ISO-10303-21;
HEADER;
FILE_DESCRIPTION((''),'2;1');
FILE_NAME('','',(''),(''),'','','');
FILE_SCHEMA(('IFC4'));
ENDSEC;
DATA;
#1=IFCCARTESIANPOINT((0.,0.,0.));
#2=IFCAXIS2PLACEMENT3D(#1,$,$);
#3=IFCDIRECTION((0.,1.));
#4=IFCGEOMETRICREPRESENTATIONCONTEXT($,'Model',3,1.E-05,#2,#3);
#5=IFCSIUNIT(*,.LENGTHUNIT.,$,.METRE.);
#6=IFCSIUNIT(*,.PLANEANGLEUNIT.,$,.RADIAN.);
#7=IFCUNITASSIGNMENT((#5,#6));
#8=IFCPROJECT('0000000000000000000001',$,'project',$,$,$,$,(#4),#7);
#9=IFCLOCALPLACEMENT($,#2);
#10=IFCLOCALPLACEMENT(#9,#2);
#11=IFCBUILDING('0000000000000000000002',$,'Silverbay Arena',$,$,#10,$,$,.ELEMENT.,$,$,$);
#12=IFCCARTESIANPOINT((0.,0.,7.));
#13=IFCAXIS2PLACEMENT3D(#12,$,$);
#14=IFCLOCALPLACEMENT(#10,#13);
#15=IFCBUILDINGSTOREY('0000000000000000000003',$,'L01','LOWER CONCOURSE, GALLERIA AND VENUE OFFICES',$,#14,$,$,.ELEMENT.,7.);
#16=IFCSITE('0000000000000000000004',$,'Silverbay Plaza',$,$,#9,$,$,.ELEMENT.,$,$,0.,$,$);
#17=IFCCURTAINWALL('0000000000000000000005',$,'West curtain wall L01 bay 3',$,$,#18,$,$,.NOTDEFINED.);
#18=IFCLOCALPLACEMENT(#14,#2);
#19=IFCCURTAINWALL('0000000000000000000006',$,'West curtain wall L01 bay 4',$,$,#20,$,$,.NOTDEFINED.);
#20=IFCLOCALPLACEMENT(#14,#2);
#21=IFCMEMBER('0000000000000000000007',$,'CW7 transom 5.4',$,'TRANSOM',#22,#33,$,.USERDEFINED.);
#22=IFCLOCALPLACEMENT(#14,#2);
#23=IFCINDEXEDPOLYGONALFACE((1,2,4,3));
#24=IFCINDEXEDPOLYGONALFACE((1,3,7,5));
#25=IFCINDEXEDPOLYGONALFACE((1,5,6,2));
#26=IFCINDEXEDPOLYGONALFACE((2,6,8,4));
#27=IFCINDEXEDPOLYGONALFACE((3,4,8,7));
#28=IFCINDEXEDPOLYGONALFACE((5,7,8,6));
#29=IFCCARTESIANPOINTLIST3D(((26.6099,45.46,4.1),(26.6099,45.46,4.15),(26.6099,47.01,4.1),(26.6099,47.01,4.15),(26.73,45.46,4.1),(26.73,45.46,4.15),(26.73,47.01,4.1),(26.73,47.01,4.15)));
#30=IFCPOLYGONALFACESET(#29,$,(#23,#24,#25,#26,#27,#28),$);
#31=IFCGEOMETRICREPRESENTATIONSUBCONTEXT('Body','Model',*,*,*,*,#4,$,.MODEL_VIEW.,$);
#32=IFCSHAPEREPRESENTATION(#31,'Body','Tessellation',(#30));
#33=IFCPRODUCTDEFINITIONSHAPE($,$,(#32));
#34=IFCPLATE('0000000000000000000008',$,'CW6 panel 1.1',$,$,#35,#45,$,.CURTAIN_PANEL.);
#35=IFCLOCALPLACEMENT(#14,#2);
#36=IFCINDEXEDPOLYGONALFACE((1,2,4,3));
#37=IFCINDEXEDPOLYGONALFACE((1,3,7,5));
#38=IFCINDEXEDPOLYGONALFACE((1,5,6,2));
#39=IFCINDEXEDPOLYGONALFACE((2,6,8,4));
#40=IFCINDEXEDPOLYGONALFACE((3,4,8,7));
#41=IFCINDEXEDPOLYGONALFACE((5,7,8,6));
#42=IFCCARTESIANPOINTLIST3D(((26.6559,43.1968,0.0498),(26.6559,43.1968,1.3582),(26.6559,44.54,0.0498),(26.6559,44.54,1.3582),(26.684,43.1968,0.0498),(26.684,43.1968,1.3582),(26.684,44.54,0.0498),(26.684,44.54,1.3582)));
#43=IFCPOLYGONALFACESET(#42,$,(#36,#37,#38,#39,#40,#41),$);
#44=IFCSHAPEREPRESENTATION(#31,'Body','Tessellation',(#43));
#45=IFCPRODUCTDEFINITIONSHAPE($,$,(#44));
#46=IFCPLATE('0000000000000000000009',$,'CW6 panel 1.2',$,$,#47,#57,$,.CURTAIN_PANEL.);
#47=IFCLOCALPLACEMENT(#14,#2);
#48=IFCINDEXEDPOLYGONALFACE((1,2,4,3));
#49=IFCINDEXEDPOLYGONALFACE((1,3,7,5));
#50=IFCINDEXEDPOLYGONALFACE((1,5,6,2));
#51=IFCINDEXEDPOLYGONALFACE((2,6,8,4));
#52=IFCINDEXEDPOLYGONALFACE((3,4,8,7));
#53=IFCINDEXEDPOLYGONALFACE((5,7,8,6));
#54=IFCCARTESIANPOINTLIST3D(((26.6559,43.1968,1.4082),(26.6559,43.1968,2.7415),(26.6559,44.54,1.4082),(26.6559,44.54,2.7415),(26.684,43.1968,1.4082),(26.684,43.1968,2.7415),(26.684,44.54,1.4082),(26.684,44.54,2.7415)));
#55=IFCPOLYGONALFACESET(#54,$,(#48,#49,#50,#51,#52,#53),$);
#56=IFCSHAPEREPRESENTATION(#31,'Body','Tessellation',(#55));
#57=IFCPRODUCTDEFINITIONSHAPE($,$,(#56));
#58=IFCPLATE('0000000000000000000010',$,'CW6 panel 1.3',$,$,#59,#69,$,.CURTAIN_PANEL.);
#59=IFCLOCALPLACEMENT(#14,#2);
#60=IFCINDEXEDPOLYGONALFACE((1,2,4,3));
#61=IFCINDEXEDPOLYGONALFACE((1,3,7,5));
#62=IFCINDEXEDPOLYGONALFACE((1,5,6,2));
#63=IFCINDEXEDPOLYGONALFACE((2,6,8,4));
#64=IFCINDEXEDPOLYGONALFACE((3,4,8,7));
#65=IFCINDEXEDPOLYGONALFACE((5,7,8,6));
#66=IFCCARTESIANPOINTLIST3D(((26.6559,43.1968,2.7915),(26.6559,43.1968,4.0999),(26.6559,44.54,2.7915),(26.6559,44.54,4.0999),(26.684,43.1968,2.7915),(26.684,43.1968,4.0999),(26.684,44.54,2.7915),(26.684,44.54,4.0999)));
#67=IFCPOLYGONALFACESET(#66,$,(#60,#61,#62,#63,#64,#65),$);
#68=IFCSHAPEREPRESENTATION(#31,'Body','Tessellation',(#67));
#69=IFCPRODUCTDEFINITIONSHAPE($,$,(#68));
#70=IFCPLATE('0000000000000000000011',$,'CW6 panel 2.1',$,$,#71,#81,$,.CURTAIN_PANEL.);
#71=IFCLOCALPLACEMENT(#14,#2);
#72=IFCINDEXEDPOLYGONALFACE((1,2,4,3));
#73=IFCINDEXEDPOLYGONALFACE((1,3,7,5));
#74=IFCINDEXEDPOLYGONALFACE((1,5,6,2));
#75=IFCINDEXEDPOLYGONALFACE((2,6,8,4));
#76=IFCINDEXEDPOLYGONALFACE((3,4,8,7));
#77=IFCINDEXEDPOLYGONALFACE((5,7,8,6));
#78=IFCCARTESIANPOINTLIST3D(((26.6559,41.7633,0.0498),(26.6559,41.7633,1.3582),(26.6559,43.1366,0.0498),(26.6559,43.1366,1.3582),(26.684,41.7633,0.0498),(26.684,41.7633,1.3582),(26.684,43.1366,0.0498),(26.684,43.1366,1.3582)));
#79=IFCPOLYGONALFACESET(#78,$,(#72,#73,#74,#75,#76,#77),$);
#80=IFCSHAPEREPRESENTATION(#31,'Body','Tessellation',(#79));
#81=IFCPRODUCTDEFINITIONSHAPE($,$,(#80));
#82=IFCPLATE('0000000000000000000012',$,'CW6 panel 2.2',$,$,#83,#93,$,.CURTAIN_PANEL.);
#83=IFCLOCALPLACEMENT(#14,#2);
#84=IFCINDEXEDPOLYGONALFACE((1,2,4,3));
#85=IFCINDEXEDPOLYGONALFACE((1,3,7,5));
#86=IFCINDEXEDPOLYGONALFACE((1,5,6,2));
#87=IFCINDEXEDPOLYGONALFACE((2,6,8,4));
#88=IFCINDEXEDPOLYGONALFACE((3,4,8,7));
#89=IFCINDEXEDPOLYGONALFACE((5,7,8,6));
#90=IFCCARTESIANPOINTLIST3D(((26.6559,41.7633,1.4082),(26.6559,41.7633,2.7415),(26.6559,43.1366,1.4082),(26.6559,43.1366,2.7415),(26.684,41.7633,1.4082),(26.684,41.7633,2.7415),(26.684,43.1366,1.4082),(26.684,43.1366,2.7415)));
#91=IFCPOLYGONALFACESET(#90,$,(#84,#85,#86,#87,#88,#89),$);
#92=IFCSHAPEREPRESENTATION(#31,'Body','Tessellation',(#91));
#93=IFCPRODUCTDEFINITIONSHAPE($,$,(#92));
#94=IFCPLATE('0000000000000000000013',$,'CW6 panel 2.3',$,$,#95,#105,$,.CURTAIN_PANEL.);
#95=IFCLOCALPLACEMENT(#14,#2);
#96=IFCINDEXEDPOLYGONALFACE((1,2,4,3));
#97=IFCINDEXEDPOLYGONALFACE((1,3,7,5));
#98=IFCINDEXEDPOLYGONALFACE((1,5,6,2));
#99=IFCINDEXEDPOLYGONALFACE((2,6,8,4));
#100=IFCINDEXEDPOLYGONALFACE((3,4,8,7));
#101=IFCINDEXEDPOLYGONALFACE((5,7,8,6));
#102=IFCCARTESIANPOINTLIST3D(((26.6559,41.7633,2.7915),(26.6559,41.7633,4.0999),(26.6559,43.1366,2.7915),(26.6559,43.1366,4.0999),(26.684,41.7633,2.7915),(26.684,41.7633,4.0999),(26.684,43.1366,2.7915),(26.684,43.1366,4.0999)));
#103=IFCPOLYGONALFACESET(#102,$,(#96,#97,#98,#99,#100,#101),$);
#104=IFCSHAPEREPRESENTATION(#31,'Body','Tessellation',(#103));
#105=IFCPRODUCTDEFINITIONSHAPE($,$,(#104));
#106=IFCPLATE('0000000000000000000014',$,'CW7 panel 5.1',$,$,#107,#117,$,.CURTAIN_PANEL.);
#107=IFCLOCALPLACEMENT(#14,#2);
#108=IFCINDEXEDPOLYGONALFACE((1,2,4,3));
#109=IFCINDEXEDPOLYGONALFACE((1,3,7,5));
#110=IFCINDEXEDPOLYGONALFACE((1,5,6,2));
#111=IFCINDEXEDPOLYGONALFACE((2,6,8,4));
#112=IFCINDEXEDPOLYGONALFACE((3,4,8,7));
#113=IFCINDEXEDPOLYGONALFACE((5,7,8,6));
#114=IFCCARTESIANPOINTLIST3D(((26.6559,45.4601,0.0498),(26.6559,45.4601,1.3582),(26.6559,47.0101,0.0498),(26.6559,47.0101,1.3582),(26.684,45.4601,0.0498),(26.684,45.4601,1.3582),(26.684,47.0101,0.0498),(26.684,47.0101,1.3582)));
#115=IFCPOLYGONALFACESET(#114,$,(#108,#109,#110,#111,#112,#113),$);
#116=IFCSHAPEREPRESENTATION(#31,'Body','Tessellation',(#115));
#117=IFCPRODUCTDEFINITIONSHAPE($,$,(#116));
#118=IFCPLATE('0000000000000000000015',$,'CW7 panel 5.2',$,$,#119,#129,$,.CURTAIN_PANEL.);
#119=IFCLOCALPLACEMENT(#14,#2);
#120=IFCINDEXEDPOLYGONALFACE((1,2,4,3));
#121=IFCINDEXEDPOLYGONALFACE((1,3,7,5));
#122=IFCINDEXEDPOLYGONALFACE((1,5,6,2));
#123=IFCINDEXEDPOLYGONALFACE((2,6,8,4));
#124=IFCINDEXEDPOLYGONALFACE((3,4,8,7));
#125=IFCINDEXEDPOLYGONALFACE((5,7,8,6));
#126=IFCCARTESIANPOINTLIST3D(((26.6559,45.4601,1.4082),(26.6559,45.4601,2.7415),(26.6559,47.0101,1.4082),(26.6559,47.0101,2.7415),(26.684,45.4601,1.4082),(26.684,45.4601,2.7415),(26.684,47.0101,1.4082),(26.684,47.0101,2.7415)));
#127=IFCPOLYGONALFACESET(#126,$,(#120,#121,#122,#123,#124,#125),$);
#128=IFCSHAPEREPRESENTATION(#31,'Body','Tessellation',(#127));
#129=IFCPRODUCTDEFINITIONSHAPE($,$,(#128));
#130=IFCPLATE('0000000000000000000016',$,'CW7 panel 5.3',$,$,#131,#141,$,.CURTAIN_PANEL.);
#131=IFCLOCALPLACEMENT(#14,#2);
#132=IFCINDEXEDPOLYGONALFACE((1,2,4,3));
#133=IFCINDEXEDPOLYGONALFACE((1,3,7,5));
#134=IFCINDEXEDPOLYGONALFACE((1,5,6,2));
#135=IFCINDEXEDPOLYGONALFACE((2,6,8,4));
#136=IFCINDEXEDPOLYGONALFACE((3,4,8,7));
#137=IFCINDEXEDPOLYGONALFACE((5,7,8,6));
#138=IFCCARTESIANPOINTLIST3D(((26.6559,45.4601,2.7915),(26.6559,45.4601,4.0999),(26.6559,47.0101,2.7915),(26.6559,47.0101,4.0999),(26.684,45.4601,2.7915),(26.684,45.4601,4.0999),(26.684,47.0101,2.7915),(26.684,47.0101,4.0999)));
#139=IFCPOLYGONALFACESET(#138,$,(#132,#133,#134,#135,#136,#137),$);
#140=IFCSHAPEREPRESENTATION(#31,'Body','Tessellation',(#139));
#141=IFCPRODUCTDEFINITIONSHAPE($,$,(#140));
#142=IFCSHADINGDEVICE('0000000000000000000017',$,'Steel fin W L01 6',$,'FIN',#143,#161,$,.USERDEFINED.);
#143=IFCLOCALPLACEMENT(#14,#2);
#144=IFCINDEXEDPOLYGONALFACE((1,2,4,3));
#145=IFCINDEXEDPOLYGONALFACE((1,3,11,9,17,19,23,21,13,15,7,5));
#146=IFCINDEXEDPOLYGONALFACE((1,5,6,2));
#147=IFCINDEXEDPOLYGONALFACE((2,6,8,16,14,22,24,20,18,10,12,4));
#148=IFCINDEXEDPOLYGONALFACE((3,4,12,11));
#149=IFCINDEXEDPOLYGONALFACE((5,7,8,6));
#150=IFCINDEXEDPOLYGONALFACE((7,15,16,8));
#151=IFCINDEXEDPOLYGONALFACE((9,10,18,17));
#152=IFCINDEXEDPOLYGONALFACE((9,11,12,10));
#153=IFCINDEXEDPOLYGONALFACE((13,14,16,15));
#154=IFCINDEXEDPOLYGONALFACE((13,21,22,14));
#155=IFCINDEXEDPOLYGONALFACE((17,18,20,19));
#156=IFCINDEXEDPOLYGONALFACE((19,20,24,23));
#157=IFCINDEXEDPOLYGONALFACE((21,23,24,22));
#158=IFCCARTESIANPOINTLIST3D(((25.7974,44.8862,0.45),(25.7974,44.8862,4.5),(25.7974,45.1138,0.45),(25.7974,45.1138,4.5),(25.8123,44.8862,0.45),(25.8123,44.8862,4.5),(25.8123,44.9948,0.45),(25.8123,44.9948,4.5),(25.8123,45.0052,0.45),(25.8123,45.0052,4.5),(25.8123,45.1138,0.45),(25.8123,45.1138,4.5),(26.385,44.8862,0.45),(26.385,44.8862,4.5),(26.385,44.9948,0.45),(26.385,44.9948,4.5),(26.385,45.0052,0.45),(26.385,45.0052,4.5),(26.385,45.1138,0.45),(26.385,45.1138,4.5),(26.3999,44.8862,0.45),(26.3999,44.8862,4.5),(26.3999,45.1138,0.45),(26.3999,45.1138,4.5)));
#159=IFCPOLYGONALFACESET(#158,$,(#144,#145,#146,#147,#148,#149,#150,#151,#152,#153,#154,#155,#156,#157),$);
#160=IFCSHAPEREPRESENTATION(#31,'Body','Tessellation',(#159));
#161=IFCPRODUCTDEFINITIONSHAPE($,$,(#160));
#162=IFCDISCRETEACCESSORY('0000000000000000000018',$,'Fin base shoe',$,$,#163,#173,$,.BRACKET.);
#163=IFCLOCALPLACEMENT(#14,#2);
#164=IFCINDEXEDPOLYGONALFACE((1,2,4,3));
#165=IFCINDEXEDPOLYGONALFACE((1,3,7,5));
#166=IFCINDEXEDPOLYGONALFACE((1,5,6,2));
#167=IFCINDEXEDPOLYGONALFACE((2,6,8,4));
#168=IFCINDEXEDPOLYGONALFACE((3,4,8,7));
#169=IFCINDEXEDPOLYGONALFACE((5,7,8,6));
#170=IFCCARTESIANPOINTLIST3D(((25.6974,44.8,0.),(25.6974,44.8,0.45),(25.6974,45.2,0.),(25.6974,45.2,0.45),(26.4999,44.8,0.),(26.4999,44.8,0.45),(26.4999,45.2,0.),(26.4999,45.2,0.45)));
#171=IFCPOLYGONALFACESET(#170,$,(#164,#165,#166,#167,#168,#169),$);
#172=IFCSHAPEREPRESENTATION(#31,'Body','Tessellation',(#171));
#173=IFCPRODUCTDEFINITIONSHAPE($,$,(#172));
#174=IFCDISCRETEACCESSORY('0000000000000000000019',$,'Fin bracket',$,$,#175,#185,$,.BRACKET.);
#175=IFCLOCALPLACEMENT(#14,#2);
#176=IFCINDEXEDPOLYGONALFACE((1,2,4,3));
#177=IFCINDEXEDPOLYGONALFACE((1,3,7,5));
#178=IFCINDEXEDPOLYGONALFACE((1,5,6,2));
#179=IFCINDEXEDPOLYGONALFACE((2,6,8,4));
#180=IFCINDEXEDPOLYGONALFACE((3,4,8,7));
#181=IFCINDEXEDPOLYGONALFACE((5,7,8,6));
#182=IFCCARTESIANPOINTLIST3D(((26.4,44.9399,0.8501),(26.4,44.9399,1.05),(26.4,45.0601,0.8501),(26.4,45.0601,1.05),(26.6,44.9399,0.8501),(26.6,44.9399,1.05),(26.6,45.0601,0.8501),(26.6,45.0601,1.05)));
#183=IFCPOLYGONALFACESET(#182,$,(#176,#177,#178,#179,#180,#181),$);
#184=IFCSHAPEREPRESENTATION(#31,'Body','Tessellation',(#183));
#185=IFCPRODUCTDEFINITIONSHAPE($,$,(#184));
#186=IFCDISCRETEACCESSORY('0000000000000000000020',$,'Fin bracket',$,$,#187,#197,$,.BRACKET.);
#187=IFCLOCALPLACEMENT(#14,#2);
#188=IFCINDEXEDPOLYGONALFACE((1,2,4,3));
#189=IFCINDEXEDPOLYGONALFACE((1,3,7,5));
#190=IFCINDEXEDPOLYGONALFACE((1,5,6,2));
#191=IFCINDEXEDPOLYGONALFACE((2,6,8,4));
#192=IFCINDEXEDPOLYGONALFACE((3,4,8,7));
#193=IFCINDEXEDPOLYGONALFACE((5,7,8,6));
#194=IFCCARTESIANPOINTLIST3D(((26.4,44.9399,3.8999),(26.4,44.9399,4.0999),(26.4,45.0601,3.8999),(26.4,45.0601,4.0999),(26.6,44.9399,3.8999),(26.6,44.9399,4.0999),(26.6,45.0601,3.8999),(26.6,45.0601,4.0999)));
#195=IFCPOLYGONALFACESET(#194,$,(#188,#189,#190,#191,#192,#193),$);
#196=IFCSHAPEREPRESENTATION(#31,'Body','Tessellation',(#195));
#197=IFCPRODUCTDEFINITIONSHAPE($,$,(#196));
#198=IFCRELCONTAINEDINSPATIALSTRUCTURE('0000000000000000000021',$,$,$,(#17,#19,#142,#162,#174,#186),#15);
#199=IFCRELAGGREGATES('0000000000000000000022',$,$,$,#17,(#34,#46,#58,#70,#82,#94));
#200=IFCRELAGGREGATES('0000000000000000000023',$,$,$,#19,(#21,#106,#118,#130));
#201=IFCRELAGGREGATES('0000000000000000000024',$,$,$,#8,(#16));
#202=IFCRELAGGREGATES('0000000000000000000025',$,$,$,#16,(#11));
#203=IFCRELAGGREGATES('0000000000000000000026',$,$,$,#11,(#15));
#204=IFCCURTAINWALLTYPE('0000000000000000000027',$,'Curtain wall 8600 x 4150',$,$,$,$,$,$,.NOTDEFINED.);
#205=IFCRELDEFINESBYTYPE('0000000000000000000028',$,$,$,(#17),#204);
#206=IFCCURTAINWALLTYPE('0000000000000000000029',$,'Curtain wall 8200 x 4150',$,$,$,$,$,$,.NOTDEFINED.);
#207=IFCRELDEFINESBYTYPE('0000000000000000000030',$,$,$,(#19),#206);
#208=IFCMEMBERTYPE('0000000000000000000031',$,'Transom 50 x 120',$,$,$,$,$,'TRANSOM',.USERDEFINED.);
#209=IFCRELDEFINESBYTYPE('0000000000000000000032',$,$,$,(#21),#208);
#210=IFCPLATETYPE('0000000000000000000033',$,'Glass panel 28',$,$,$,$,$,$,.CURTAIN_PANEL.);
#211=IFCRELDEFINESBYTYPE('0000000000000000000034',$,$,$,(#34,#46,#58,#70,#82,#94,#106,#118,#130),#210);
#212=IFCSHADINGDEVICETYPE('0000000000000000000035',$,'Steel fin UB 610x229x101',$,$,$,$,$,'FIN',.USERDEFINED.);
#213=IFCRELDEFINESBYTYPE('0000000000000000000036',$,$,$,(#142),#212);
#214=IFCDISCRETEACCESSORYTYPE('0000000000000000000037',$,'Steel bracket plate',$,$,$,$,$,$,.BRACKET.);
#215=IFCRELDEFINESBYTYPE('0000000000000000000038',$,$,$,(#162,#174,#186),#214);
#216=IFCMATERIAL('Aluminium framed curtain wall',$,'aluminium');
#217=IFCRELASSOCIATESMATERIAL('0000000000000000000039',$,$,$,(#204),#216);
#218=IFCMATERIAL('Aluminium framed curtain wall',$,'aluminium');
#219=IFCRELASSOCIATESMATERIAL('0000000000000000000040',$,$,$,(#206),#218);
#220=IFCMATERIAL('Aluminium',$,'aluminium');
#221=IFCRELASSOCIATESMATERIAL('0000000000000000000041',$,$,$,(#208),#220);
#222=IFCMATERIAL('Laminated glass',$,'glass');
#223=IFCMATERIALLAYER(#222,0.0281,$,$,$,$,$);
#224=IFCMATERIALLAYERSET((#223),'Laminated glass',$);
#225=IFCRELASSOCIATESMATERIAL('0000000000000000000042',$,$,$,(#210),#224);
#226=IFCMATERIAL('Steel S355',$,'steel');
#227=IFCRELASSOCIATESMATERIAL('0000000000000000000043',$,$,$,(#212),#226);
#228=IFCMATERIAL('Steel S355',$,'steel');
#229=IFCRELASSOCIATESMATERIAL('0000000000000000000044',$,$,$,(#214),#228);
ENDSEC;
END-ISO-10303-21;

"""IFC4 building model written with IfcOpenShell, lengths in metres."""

from ifc_helpers import new_model, si_unit, direction, frame, origin, origin_2d, place, context, subcontext, project, spatial, rectangle, i_section, extrude, material, layer, layer_set, material_profile, profile_set, type_object, element, aggregate, save


model = new_model("IFC4")

# Units and contexts
model_context = context("Model", 3, precision=1e-05, world=origin(), true_north=direction((0.0, 1.0)))
body_context = subcontext(model_context, "Body", "Model", "MODEL_VIEW")
ifc_project = project(units=[si_unit("LENGTHUNIT", "METRE"), si_unit("PLANEANGLEUNIT", "RADIAN")], contexts=[model_context])

# Site, building, storey
site_placement = place(None, origin())
site = spatial("IfcSite", under=ifc_project, at=site_placement, Name="Silverbay Plaza", CompositionType="ELEMENT", RefElevation=0.0)
building_placement = place(site_placement, origin())
building = spatial("IfcBuilding", under=site, at=building_placement, Name="Silverbay Arena", CompositionType="ELEMENT")
storey_placement = place(building_placement, frame((0.0, 0.0, 7.0)))
storey = spatial("IfcBuildingStorey", under=building, at=storey_placement, Name="L01", Description="LOWER CONCOURSE, GALLERIA AND VENUE OFFICES", CompositionType="ELEMENT", Elevation=7.0)

# Curtain walls
ifc_material_1 = material(Name="Aluminium framed curtain wall", Category="aluminium")
curtain_wall_type_1 = type_object("IfcCurtainWallType", Name="Curtain wall 8600 x 4150", PredefinedType="NOTDEFINED", material=ifc_material_1)
curtain_wall_1_placement = place(storey_placement, origin())
curtain_wall_1 = element("IfcCurtainWall", 1, at=curtain_wall_1_placement, inside=storey, type_object=curtain_wall_type_1, Name="West curtain wall L01 bay 3", PredefinedType="NOTDEFINED")
ifc_material_2 = material(Name="Aluminium framed curtain wall", Category="aluminium")
curtain_wall_type_2 = type_object("IfcCurtainWallType", Name="Curtain wall 8200 x 4150", PredefinedType="NOTDEFINED", material=ifc_material_2)
curtain_wall_2_placement = place(storey_placement, origin())
curtain_wall_2 = element("IfcCurtainWall", 2, at=curtain_wall_2_placement, inside=storey, type_object=curtain_wall_type_2, Name="West curtain wall L01 bay 4", PredefinedType="NOTDEFINED")

# Member
ifc_material_3 = material(Name="Aluminium", Category="aluminium")
ifc_material_profile_1 = material_profile(ifc_material_3, rectangle(XDim=0.1201, YDim=0.05, at=origin_2d()), Name="Transom 50 x 120")
ifc_profile_set_1 = profile_set([ifc_material_profile_1], Name="Aluminium")
member_type_1 = type_object("IfcMemberType", Name="Transom 50 x 120", ElementType="TRANSOM", PredefinedType="USERDEFINED", material=ifc_profile_set_1)
member_1_placement = place(storey_placement, frame((26.6699, 47.01, 4.125), z_axis=(0.0, -1.0, 0.0), x_axis=(1.0, 0.0, 0.0)))
member_1 = element("IfcMember", 3, at=member_1_placement, type_object=member_type_1, Name="CW7 transom 5.4", ObjectType="TRANSOM", PredefinedType="USERDEFINED", context=body_context, shape_type="SweptSolid", body=[
    extrude(rectangle(XDim=0.1201, YDim=0.05, at=origin_2d()), origin(), (0.0, 0.0, 1.0), 1.55),
])

# Plates
ifc_material_4 = material(Name="Laminated glass", Category="glass")
ifc_layer = layer(ifc_material_4, 0.0281)
ifc_layer_set = layer_set([ifc_layer], Name="Laminated glass")
plate_type = type_object("IfcPlateType", Name="Glass panel 28", PredefinedType="CURTAIN_PANEL", material=ifc_layer_set)
plate_1_placement = place(storey_placement, frame((26.6699, 43.8684, 0.0498), z_axis=(0.0, 0.0, 1.0), x_axis=(0.0, -1.0, 0.0)))
plate_1 = element("IfcPlate", 4, at=plate_1_placement, type_object=plate_type, Name="CW6 panel 1.1", PredefinedType="CURTAIN_PANEL", context=body_context, shape_type="SweptSolid", body=[
    extrude(rectangle(XDim=1.3433, YDim=0.0281, at=origin_2d()), origin(), (0.0, 0.0, 1.0), 1.3083),
])
plate_2_placement = place(storey_placement, frame((26.6699, 43.8684, 1.4082), z_axis=(0.0, 0.0, 1.0), x_axis=(0.0, -1.0, 0.0)))
plate_2 = element("IfcPlate", 5, at=plate_2_placement, type_object=plate_type, Name="CW6 panel 1.2", PredefinedType="CURTAIN_PANEL", context=body_context, shape_type="SweptSolid", body=[
    extrude(rectangle(XDim=1.3433, YDim=0.0281, at=origin_2d()), origin(), (0.0, 0.0, 1.0), 1.3333),
])
plate_3_placement = place(storey_placement, frame((26.6699, 43.8684, 2.7915), z_axis=(0.0, 0.0, 1.0), x_axis=(0.0, -1.0, 0.0)))
plate_3 = element("IfcPlate", 6, at=plate_3_placement, type_object=plate_type, Name="CW6 panel 1.3", PredefinedType="CURTAIN_PANEL", context=body_context, shape_type="SweptSolid", body=[
    extrude(rectangle(XDim=1.3433, YDim=0.0281, at=origin_2d()), origin(), (0.0, 0.0, 1.0), 1.3083),
])
plate_4_placement = place(storey_placement, frame((26.6699, 42.45, 0.0498), z_axis=(0.0, 0.0, 1.0), x_axis=(0.0, -1.0, 0.0)))
plate_4 = element("IfcPlate", 7, at=plate_4_placement, type_object=plate_type, Name="CW6 panel 2.1", PredefinedType="CURTAIN_PANEL", context=body_context, shape_type="SweptSolid", body=[
    extrude(rectangle(XDim=1.3733, YDim=0.0281, at=origin_2d()), origin(), (0.0, 0.0, 1.0), 1.3083),
])
plate_5_placement = place(storey_placement, frame((26.6699, 42.45, 1.4082), z_axis=(0.0, 0.0, 1.0), x_axis=(0.0, -1.0, 0.0)))
plate_5 = element("IfcPlate", 8, at=plate_5_placement, type_object=plate_type, Name="CW6 panel 2.2", PredefinedType="CURTAIN_PANEL", context=body_context, shape_type="SweptSolid", body=[
    extrude(rectangle(XDim=1.3733, YDim=0.0281, at=origin_2d()), origin(), (0.0, 0.0, 1.0), 1.3333),
])
plate_6_placement = place(storey_placement, frame((26.6699, 42.45, 2.7915), z_axis=(0.0, 0.0, 1.0), x_axis=(0.0, -1.0, 0.0)))
plate_6 = element("IfcPlate", 9, at=plate_6_placement, type_object=plate_type, Name="CW6 panel 2.3", PredefinedType="CURTAIN_PANEL", context=body_context, shape_type="SweptSolid", body=[
    extrude(rectangle(XDim=1.3733, YDim=0.0281, at=origin_2d()), origin(), (0.0, 0.0, 1.0), 1.3083),
])
aggregate(curtain_wall_1, [plate_1, plate_2, plate_3, plate_4, plate_5, plate_6])
plate_7_placement = place(storey_placement, frame((26.6699, 46.2351, 0.0498), z_axis=(0.0, 0.0, 1.0), x_axis=(0.0, -1.0, 0.0)))
plate_7 = element("IfcPlate", 10, at=plate_7_placement, type_object=plate_type, Name="CW7 panel 5.1", PredefinedType="CURTAIN_PANEL", context=body_context, shape_type="SweptSolid", body=[
    extrude(rectangle(XDim=1.55, YDim=0.0281, at=origin_2d()), origin(), (0.0, 0.0, 1.0), 1.3083),
])
plate_8_placement = place(storey_placement, frame((26.6699, 46.2351, 1.4082), z_axis=(0.0, 0.0, 1.0), x_axis=(0.0, -1.0, 0.0)))
plate_8 = element("IfcPlate", 11, at=plate_8_placement, type_object=plate_type, Name="CW7 panel 5.2", PredefinedType="CURTAIN_PANEL", context=body_context, shape_type="SweptSolid", body=[
    extrude(rectangle(XDim=1.55, YDim=0.0281, at=origin_2d()), origin(), (0.0, 0.0, 1.0), 1.3333),
])
plate_9_placement = place(storey_placement, frame((26.6699, 46.2351, 2.7915), z_axis=(0.0, 0.0, 1.0), x_axis=(0.0, -1.0, 0.0)))
plate_9 = element("IfcPlate", 12, at=plate_9_placement, type_object=plate_type, Name="CW7 panel 5.3", PredefinedType="CURTAIN_PANEL", context=body_context, shape_type="SweptSolid", body=[
    extrude(rectangle(XDim=1.55, YDim=0.0281, at=origin_2d()), origin(), (0.0, 0.0, 1.0), 1.3083),
])
aggregate(curtain_wall_2, [member_1, plate_7, plate_8, plate_9])

# Shading device
ifc_material_5 = material(Name="Steel S355", Category="steel")
ifc_material_profile_2 = material_profile(ifc_material_5, i_section(OverallWidth=0.2275, OverallDepth=0.6025, WebThickness=0.0105, FlangeThickness=0.0149, at=origin_2d()), Name="UB 610x229x101")
ifc_profile_set_2 = profile_set([ifc_material_profile_2], Name="Steel S355")
shading_device_type = type_object("IfcShadingDeviceType", Name="Steel fin UB 610x229x101", ElementType="FIN", PredefinedType="USERDEFINED", material=ifc_profile_set_2)
shading_device_placement = place(storey_placement, frame((26.0986, 45.0, 0.45), z_axis=(0.0, 0.0, 1.0), x_axis=(0.0, 1.0, 0.0)))
element("IfcShadingDevice", 13, at=shading_device_placement, inside=storey, type_object=shading_device_type, Name="Steel fin W L01 6", ObjectType="FIN", PredefinedType="USERDEFINED", context=body_context, shape_type="SweptSolid", body=[
    extrude(i_section(OverallWidth=0.2275, OverallDepth=0.6025, WebThickness=0.0105, FlangeThickness=0.0149, at=origin_2d()), origin(), (0.0, 0.0, 1.0), 4.05),
])

# Discrete accessories
ifc_material_6 = material(Name="Steel S355", Category="steel")
discrete_accessory_type = type_object("IfcDiscreteAccessoryType", Name="Steel bracket plate", PredefinedType="BRACKET", material=ifc_material_6)
discrete_accessory_placement = place(storey_placement, frame((26.0986, 45.0, 0.0), z_axis=(0.0, 0.0, 1.0), x_axis=(1.0, 0.0, 0.0)))
element("IfcDiscreteAccessory", 14, at=discrete_accessory_placement, inside=storey, type_object=discrete_accessory_type, Name="Fin base shoe", PredefinedType="BRACKET", context=body_context, shape_type="SweptSolid", body=[
    extrude(rectangle(XDim=0.8025, YDim=0.3999, at=origin_2d()), origin(), (0.0, 0.0, 1.0), 0.45),
])
for number, where, z_axis, x_axis, name in (
    (15, (26.5, 45.0, 0.8501), (0.0, 0.0, 1.0), (1.0, 0.0, 0.0), "Fin bracket"),
    (16, (26.5, 45.0, 3.8999), (0.0, 0.0, 1.0), (1.0, 0.0, 0.0), "Fin bracket"),
):
    element("IfcDiscreteAccessory", number, at=place(storey_placement, frame(where, z_axis=z_axis, x_axis=x_axis)), inside=storey, type_object=discrete_accessory_type, Name=name, PredefinedType="BRACKET", context=body_context, shape_type="SweptSolid", body=[
        extrude(rectangle(XDim=0.2, YDim=0.1201, at=origin_2d()), origin(), (0.0, 0.0, 1.0), 0.2),
    ])

save(model, "model.ifc")
